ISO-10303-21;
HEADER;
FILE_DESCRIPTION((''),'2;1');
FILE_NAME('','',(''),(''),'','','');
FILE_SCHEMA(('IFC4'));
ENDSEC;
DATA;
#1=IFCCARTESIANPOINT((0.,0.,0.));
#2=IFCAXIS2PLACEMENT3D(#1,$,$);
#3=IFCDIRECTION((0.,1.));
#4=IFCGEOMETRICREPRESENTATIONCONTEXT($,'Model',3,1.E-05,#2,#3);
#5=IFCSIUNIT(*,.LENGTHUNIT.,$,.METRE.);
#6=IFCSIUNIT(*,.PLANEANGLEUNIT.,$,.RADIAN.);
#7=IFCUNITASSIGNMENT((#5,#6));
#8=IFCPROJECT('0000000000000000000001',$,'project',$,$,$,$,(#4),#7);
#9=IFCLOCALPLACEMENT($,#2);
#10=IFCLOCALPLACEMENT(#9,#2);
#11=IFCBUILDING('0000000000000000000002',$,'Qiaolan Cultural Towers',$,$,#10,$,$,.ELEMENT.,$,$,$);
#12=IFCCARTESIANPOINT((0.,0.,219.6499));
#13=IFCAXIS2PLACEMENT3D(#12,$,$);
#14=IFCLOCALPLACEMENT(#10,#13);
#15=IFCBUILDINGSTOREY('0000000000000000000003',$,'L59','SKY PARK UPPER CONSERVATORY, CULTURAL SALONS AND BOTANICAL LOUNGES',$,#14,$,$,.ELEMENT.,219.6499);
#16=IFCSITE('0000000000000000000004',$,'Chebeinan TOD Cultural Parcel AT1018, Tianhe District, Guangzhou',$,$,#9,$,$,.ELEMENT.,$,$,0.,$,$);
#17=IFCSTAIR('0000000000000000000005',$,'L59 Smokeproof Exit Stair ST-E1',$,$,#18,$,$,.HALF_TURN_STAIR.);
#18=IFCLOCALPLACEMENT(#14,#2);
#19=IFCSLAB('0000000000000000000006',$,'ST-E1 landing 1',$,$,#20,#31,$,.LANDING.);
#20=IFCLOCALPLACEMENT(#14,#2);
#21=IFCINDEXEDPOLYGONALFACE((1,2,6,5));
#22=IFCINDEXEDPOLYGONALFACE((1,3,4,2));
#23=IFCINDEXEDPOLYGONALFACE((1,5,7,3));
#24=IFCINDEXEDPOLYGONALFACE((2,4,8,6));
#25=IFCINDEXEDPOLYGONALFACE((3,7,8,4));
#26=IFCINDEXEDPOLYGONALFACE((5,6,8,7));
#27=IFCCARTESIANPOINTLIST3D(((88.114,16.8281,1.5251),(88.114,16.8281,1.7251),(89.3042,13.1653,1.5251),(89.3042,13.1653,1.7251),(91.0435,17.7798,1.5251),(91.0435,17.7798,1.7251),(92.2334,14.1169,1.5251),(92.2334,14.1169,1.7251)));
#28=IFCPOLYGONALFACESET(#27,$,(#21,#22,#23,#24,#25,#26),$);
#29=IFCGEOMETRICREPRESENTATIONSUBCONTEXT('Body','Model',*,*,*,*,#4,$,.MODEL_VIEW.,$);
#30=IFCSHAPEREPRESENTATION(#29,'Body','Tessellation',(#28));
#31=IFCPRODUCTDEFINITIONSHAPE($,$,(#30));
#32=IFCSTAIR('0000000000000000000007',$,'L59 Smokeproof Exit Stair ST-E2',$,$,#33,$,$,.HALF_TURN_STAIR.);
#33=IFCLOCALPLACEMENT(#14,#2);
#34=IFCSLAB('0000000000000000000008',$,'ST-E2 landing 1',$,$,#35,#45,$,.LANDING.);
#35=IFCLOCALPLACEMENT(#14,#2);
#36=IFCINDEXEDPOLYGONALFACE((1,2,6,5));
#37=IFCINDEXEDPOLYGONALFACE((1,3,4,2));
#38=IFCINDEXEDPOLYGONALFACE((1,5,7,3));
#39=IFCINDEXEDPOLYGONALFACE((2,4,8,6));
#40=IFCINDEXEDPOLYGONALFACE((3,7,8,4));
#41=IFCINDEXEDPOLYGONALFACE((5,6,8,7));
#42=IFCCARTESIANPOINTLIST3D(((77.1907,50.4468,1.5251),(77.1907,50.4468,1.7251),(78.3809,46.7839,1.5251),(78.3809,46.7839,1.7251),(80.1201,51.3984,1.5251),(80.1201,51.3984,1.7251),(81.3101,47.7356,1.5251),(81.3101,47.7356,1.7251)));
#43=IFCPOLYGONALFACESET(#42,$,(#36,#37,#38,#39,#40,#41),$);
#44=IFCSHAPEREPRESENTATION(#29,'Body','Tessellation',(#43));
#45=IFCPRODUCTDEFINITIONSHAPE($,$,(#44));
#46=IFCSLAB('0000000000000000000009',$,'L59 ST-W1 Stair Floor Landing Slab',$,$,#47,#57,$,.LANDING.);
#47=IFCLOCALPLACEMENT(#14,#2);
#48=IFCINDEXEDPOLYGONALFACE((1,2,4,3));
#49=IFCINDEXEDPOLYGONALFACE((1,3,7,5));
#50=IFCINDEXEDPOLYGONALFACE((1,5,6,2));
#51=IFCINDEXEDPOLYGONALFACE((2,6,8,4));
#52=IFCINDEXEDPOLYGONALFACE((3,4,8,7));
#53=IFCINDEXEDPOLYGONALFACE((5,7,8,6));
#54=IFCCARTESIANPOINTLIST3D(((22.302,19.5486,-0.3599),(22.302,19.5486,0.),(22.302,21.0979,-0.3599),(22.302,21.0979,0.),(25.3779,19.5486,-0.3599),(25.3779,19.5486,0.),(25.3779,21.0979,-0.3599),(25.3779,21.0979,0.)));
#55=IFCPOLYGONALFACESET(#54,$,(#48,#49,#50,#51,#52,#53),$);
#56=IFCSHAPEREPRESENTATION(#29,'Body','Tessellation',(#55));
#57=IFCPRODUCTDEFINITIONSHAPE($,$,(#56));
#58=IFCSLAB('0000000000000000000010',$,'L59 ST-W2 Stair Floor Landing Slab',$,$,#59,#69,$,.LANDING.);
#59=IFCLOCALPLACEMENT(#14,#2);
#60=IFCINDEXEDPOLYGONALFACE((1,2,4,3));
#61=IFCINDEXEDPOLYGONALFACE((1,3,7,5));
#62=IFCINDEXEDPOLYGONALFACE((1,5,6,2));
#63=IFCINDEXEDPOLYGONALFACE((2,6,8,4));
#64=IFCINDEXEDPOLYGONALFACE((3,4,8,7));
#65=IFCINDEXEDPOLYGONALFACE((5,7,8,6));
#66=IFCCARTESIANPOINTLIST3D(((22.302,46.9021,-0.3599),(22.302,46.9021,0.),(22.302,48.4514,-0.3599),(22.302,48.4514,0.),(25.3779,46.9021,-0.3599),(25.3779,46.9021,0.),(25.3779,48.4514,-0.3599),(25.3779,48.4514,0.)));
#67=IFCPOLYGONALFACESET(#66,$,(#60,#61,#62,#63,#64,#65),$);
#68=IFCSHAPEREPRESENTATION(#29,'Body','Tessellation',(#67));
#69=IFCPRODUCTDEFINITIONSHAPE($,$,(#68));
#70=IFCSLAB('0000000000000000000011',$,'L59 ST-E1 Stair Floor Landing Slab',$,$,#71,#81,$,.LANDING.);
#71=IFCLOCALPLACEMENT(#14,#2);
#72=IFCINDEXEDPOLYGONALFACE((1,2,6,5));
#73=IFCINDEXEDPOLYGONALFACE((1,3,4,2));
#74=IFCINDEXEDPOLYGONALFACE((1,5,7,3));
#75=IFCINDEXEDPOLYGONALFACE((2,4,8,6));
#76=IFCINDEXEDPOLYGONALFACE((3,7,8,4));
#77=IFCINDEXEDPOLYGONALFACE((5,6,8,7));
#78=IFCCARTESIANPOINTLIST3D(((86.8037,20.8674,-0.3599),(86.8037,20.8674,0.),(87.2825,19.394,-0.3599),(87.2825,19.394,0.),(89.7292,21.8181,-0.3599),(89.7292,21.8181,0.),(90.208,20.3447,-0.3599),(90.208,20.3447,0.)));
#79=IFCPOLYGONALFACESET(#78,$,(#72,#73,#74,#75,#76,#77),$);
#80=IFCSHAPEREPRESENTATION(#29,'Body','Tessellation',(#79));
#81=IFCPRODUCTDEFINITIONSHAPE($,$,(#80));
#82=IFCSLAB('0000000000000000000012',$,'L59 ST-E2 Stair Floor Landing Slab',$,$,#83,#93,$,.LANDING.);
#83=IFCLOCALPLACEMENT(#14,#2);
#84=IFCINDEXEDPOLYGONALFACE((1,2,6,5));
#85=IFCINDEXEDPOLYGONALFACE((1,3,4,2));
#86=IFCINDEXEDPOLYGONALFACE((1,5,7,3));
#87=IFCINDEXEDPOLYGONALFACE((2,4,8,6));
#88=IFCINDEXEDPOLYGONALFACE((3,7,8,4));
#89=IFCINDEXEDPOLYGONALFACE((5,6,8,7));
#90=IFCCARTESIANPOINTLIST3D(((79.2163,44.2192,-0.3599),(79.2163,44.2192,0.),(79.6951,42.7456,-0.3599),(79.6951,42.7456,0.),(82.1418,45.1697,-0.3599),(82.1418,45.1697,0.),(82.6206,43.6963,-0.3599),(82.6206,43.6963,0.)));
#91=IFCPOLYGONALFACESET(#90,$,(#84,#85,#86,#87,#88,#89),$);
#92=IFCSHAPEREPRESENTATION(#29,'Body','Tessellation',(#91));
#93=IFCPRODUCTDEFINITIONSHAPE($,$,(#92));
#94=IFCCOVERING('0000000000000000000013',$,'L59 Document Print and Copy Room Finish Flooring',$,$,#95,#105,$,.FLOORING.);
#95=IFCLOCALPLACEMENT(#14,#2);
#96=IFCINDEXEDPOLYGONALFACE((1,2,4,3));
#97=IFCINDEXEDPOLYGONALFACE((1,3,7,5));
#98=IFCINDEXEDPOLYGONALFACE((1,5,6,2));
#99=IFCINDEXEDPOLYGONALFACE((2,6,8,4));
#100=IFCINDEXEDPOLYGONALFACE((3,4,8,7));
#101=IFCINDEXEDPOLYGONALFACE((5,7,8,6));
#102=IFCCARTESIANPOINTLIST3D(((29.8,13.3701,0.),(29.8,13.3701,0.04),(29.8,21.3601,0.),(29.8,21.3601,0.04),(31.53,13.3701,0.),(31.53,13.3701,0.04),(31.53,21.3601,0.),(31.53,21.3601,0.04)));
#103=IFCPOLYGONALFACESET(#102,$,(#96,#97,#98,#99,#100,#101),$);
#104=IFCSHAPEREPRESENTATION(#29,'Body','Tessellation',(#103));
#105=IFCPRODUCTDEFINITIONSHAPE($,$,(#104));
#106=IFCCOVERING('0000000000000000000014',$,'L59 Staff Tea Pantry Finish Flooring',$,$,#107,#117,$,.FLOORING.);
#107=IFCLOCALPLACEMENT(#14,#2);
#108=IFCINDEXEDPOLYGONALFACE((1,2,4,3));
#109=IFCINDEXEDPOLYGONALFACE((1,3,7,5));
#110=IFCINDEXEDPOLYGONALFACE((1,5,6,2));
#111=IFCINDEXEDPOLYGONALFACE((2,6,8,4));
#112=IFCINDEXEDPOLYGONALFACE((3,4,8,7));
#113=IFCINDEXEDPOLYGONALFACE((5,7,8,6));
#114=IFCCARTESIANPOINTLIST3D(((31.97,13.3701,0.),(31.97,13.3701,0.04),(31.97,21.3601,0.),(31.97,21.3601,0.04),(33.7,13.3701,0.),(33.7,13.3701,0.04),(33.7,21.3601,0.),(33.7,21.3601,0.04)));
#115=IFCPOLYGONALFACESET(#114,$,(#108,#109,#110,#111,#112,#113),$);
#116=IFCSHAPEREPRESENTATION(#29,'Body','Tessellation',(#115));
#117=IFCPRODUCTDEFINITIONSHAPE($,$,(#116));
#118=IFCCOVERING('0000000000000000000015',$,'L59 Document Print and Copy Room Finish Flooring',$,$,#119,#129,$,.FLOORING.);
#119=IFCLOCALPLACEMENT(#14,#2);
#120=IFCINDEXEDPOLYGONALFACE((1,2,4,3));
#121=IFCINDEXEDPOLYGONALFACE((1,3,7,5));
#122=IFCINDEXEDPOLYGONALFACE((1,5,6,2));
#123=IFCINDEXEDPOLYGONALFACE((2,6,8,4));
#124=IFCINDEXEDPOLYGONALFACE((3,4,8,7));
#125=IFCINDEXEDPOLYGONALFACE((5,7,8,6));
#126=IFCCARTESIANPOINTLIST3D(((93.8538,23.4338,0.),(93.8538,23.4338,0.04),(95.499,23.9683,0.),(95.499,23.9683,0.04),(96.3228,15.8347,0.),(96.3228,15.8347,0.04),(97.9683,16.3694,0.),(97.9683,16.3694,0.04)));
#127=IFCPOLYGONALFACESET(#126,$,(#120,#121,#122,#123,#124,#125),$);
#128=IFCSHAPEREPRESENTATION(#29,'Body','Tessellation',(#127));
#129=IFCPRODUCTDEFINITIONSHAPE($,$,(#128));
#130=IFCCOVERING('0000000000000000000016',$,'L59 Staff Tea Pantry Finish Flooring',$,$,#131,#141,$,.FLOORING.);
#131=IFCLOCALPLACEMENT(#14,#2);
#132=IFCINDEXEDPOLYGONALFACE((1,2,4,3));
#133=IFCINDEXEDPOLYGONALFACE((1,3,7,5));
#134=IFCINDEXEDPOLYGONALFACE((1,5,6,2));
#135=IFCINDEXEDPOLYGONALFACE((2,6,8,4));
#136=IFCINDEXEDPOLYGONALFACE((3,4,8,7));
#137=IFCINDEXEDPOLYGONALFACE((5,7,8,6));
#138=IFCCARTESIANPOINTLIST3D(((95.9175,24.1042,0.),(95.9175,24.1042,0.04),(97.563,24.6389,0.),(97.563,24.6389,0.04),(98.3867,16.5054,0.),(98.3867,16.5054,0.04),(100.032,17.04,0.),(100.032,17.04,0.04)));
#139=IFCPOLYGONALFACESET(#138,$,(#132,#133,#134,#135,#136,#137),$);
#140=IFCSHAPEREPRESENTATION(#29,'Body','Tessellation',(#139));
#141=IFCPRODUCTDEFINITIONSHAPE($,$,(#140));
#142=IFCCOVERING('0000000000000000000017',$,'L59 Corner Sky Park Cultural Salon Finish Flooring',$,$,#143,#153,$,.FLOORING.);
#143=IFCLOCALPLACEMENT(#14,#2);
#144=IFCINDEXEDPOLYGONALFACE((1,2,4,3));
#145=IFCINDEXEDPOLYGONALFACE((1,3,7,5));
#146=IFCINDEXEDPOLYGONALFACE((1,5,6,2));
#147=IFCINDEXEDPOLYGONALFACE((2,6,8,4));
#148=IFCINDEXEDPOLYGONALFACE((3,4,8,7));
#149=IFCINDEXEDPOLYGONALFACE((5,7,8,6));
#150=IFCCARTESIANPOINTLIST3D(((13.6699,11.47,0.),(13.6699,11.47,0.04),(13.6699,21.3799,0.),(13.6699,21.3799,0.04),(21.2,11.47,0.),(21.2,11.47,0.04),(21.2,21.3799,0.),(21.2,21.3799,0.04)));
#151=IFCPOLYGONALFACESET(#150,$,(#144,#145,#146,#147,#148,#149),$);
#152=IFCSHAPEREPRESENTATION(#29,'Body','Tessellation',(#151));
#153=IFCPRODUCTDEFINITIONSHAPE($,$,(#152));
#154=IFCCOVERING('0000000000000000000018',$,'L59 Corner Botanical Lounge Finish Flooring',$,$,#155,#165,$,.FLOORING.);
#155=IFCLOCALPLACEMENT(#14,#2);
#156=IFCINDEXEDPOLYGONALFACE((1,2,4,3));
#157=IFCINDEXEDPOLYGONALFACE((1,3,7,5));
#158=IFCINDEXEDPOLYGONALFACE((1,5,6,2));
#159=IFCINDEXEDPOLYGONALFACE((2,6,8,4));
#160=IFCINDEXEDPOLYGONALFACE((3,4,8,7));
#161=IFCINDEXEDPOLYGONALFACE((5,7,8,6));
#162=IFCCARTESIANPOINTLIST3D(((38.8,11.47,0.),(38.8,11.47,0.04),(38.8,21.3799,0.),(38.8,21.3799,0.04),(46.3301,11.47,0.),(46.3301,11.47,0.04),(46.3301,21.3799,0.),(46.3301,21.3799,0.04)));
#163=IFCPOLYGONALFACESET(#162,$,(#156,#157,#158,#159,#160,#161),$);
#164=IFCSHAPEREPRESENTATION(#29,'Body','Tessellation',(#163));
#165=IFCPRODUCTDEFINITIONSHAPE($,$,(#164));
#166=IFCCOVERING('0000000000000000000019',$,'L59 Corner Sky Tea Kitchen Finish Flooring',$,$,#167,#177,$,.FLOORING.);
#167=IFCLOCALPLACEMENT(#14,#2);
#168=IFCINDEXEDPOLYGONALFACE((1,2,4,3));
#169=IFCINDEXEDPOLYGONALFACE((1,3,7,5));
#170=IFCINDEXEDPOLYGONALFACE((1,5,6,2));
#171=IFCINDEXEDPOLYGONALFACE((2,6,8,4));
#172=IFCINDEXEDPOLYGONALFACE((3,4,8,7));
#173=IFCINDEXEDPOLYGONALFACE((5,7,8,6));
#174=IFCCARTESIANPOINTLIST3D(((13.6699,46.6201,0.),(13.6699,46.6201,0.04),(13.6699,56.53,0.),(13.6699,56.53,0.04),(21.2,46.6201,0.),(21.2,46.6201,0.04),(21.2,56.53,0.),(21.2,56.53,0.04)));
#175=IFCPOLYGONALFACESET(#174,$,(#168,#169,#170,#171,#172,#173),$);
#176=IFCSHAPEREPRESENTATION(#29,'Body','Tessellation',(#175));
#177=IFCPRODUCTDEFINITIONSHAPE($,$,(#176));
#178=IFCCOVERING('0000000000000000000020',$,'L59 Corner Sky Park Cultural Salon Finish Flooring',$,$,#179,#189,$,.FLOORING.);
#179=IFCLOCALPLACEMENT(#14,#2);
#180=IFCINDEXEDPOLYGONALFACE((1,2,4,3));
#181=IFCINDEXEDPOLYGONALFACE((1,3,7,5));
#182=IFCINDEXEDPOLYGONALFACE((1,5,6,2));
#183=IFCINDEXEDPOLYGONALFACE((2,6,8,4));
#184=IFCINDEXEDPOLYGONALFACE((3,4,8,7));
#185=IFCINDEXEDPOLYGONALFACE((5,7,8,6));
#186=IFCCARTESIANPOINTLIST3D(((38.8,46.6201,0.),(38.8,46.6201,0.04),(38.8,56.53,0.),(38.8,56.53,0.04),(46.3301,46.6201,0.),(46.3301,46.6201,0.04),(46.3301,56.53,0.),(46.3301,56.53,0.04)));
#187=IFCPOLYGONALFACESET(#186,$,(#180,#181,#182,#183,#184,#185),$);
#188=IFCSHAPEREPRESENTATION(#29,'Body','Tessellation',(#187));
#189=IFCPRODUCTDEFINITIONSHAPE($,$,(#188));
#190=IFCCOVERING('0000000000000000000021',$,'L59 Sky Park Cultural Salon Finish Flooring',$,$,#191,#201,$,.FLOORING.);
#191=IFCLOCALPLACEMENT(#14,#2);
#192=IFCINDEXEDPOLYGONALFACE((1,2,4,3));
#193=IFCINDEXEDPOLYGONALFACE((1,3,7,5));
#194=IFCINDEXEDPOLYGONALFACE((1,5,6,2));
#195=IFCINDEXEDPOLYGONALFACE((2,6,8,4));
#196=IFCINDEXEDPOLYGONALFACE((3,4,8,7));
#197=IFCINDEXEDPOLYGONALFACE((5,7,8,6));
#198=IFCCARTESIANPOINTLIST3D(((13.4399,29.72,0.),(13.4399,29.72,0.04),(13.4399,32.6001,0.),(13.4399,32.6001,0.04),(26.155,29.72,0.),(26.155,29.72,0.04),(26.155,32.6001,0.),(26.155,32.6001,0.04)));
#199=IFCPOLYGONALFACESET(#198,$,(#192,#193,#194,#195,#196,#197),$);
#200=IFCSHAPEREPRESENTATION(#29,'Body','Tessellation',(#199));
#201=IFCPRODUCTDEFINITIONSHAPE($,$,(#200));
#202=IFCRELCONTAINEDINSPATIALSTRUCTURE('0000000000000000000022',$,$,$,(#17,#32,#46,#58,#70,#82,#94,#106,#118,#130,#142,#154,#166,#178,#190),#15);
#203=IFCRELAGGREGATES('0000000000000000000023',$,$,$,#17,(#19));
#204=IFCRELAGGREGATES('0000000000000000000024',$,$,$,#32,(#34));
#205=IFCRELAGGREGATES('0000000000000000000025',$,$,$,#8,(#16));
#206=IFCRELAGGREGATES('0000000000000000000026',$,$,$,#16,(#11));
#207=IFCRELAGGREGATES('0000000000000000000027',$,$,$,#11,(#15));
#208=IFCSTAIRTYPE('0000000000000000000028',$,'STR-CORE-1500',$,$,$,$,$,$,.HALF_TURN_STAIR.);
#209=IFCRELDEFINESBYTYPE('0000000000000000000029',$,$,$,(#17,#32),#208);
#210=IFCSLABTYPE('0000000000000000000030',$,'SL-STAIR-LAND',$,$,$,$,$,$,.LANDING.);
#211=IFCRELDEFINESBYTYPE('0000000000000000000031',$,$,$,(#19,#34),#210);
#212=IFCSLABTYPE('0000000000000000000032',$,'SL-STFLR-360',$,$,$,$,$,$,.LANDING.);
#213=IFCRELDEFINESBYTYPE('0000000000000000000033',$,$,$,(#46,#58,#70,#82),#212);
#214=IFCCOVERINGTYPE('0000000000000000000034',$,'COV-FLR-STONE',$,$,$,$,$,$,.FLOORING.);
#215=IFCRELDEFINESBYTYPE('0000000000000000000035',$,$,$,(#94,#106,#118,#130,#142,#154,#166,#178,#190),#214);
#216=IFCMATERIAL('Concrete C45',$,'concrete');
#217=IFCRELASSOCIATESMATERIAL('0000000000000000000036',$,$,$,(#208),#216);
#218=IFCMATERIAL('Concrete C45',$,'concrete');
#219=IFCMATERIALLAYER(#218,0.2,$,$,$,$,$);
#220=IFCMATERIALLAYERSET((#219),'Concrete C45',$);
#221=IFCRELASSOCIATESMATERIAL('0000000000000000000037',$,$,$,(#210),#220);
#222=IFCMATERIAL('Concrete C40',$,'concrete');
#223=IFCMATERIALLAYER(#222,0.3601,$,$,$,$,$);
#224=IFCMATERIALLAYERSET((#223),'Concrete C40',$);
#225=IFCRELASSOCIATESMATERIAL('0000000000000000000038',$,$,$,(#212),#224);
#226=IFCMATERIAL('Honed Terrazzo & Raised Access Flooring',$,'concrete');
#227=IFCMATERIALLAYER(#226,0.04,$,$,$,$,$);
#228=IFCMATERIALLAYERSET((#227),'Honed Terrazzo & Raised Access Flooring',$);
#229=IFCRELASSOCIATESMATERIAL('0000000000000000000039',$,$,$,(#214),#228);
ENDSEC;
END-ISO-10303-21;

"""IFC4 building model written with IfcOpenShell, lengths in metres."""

from ifc_helpers import new_model, si_unit, direction, frame, origin, place, context, subcontext, project, spatial, polyline, outline, extrude, material, layer, layer_set, type_object, element, aggregate, save


model = new_model("IFC4")

# Units and contexts
model_context = context("Model", 3, precision=1e-05, world=origin(), true_north=direction((0.0, 1.0)))
body_context = subcontext(model_context, "Body", "Model", "MODEL_VIEW")
ifc_project = project(units=[si_unit("LENGTHUNIT", "METRE"), si_unit("PLANEANGLEUNIT", "RADIAN")], contexts=[model_context])

# Site, building, storey
site_placement = place(None, origin())
site = spatial("IfcSite", under=ifc_project, at=site_placement, Name="Chebeinan TOD Cultural Parcel AT1018, Tianhe District, Guangzhou", CompositionType="ELEMENT", RefElevation=0.0)
building_placement = place(site_placement, origin())
building = spatial("IfcBuilding", under=site, at=building_placement, Name="Qiaolan Cultural Towers", CompositionType="ELEMENT")
storey_placement = place(building_placement, frame((0.0, 0.0, 219.6499)))
storey = spatial("IfcBuildingStorey", under=building, at=storey_placement, Name="L59", Description="SKY PARK UPPER CONSERVATORY, CULTURAL SALONS AND BOTANICAL LOUNGES", CompositionType="ELEMENT", Elevation=219.6499)

# Stairs, slabs
ifc_material_1 = material(Name="Concrete C45", Category="concrete")
stair_type = type_object("IfcStairType", Name="STR-CORE-1500", PredefinedType="HALF_TURN_STAIR", material=ifc_material_1)
ifc_material_2 = material(Name="Concrete C45", Category="concrete")
ifc_layer_1 = layer(ifc_material_2, 0.2)
ifc_layer_set_1 = layer_set([ifc_layer_1], Name="Concrete C45")
slab_type_1 = type_object("IfcSlabType", Name="SL-STAIR-LAND", PredefinedType="LANDING", material=ifc_layer_set_1)
stair_1_placement = place(storey_placement, origin())
stair_1 = element("IfcStair", 1, at=stair_1_placement, inside=storey, type_object=stair_type, Name="L59 Smokeproof Exit Stair ST-E1", PredefinedType="HALF_TURN_STAIR")
slab_1_placement = place(storey_placement, frame((0.0, 0.0, 1.5251)))
slab_1 = element("IfcSlab", 2, at=slab_1_placement, type_object=slab_type_1, Name="ST-E1 landing 1", PredefinedType="LANDING", context=body_context, shape_type="SweptSolid", body=[
    extrude(outline(polyline([(88.114, 16.8281), (89.3042, 13.1653), (92.2334, 14.1169), (91.0435, 17.7798), (88.114, 16.8281)])), origin(), (0.0, 0.0, 1.0), 0.2),
])
aggregate(stair_1, [slab_1])
stair_2_placement = place(storey_placement, origin())
stair_2 = element("IfcStair", 3, at=stair_2_placement, inside=storey, type_object=stair_type, Name="L59 Smokeproof Exit Stair ST-E2", PredefinedType="HALF_TURN_STAIR")
slab_2_placement = place(storey_placement, frame((0.0, 0.0, 1.5251)))
slab_2 = element("IfcSlab", 4, at=slab_2_placement, type_object=slab_type_1, Name="ST-E2 landing 1", PredefinedType="LANDING", context=body_context, shape_type="SweptSolid", body=[
    extrude(outline(polyline([(81.3101, 47.7356), (80.1201, 51.3984), (77.1907, 50.4468), (78.3809, 46.7839), (81.3101, 47.7356)])), origin(), (0.0, 0.0, 1.0), 0.2),
])
aggregate(stair_2, [slab_2])

# Slabs
ifc_material_3 = material(Name="Concrete C40", Category="concrete")
ifc_layer_2 = layer(ifc_material_3, 0.3601)
ifc_layer_set_2 = layer_set([ifc_layer_2], Name="Concrete C40")
slab_type_2 = type_object("IfcSlabType", Name="SL-STFLR-360", PredefinedType="LANDING", material=ifc_layer_set_2)
slab_3_placement = place(storey_placement, frame((0.0, 0.0, -0.3599)))
element("IfcSlab", 5, at=slab_3_placement, inside=storey, type_object=slab_type_2, Name="L59 ST-W1 Stair Floor Landing Slab", PredefinedType="LANDING", context=body_context, shape_type="SweptSolid", body=[
    extrude(outline(polyline([(22.302, 21.0979), (22.302, 19.5486), (25.3779, 19.5486), (25.3779, 21.0979), (22.302, 21.0979)])), origin(), (0.0, 0.0, 1.0), 0.3599),
])
slab_4_placement = place(storey_placement, frame((0.0, 0.0, -0.3599)))
element("IfcSlab", 6, at=slab_4_placement, inside=storey, type_object=slab_type_2, Name="L59 ST-W2 Stair Floor Landing Slab", PredefinedType="LANDING", context=body_context, shape_type="SweptSolid", body=[
    extrude(outline(polyline([(25.3779, 46.9021), (25.3779, 48.4514), (22.302, 48.4514), (22.302, 46.9021), (25.3779, 46.9021)])), origin(), (0.0, 0.0, 1.0), 0.3599),
])
slab_5_placement = place(storey_placement, frame((0.0, 0.0, -0.3599)))
element("IfcSlab", 7, at=slab_5_placement, inside=storey, type_object=slab_type_2, Name="L59 ST-E1 Stair Floor Landing Slab", PredefinedType="LANDING", context=body_context, shape_type="SweptSolid", body=[
    extrude(outline(polyline([(86.8037, 20.8674), (87.2825, 19.394), (90.208, 20.3447), (89.7292, 21.8181), (86.8037, 20.8674)])), origin(), (0.0, 0.0, 1.0), 0.3599),
])
slab_6_placement = place(storey_placement, frame((0.0, 0.0, -0.3599)))
element("IfcSlab", 8, at=slab_6_placement, inside=storey, type_object=slab_type_2, Name="L59 ST-E2 Stair Floor Landing Slab", PredefinedType="LANDING", context=body_context, shape_type="SweptSolid", body=[
    extrude(outline(polyline([(82.6206, 43.6963), (82.1418, 45.1697), (79.2163, 44.2192), (79.6951, 42.7456), (82.6206, 43.6963)])), origin(), (0.0, 0.0, 1.0), 0.3599),
])

# Coverings
ifc_material_4 = material(Name="Honed Terrazzo & Raised Access Flooring", Category="concrete")
ifc_layer_3 = layer(ifc_material_4, 0.04)
ifc_layer_set_3 = layer_set([ifc_layer_3], Name="Honed Terrazzo & Raised Access Flooring")
covering_type_1 = type_object("IfcCoveringType", Name="COV-FLR-STONE", PredefinedType="FLOORING", material=ifc_layer_set_3)
covering_1_placement = place(storey_placement, origin())
element("IfcCovering", 9, at=covering_1_placement, inside=storey, type_object=covering_type_1, Name="L59 Document Print and Copy Room Finish Flooring", PredefinedType="FLOORING", context=body_context, shape_type="SweptSolid", body=[
    extrude(outline(polyline([(31.53, 13.3701), (31.53, 21.3601), (29.8, 21.3601), (29.8, 13.3701), (31.53, 13.3701)])), origin(), (0.0, 0.0, 1.0), 0.04),
])
covering_2_placement = place(storey_placement, origin())
element("IfcCovering", 10, at=covering_2_placement, inside=storey, type_object=covering_type_1, Name="L59 Staff Tea Pantry Finish Flooring", PredefinedType="FLOORING", context=body_context, shape_type="SweptSolid", body=[
    extrude(outline(polyline([(33.7, 13.3701), (33.7, 21.3601), (31.97, 21.3601), (31.97, 13.3701), (33.7, 13.3701)])), origin(), (0.0, 0.0, 1.0), 0.04),
])
covering_3_placement = place(storey_placement, origin())
element("IfcCovering", 11, at=covering_3_placement, inside=storey, type_object=covering_type_1, Name="L59 Document Print and Copy Room Finish Flooring", PredefinedType="FLOORING", context=body_context, shape_type="SweptSolid", body=[
    extrude(outline(polyline([(97.9683, 16.3694), (95.499, 23.9683), (93.8538, 23.4338), (96.3228, 15.8347), (97.9683, 16.3694)])), origin(), (0.0, 0.0, 1.0), 0.04),
])
covering_4_placement = place(storey_placement, origin())
element("IfcCovering", 12, at=covering_4_placement, inside=storey, type_object=covering_type_1, Name="L59 Staff Tea Pantry Finish Flooring", PredefinedType="FLOORING", context=body_context, shape_type="SweptSolid", body=[
    extrude(outline(polyline([(100.032, 17.04), (97.563, 24.6389), (95.9175, 24.1042), (98.3867, 16.5054), (100.032, 17.04)])), origin(), (0.0, 0.0, 1.0), 0.04),
])
covering_5_placement = place(storey_placement, origin())
element("IfcCovering", 13, at=covering_5_placement, inside=storey, type_object=covering_type_1, Name="L59 Corner Sky Park Cultural Salon Finish Flooring", PredefinedType="FLOORING", context=body_context, shape_type="SweptSolid", body=[
    extrude(outline(polyline([(21.2, 11.47), (21.2, 21.3799), (13.6699, 21.3799), (13.6699, 11.47), (21.2, 11.47)])), origin(), (0.0, 0.0, 1.0), 0.04),
])
covering_6_placement = place(storey_placement, origin())
element("IfcCovering", 14, at=covering_6_placement, inside=storey, type_object=covering_type_1, Name="L59 Corner Botanical Lounge Finish Flooring", PredefinedType="FLOORING", context=body_context, shape_type="SweptSolid", body=[
    extrude(outline(polyline([(46.3301, 11.47), (46.3301, 21.3799), (38.8, 21.3799), (38.8, 11.47), (46.3301, 11.47)])), origin(), (0.0, 0.0, 1.0), 0.04),
])
covering_7_placement = place(storey_placement, origin())
element("IfcCovering", 15, at=covering_7_placement, inside=storey, type_object=covering_type_1, Name="L59 Corner Sky Tea Kitchen Finish Flooring", PredefinedType="FLOORING", context=body_context, shape_type="SweptSolid", body=[
    extrude(outline(polyline([(21.2, 46.6201), (21.2, 56.53), (13.6699, 56.53), (13.6699, 46.6201), (21.2, 46.6201)])), origin(), (0.0, 0.0, 1.0), 0.04),
])
covering_8_placement = place(storey_placement, origin())
element("IfcCovering", 16, at=covering_8_placement, inside=storey, type_object=covering_type_1, Name="L59 Corner Sky Park Cultural Salon Finish Flooring", PredefinedType="FLOORING", context=body_context, shape_type="SweptSolid", body=[
    extrude(outline(polyline([(46.3301, 46.6201), (46.3301, 56.53), (38.8, 56.53), (38.8, 46.6201), (46.3301, 46.6201)])), origin(), (0.0, 0.0, 1.0), 0.04),
])
covering_9_placement = place(storey_placement, origin())
element("IfcCovering", 17, at=covering_9_placement, inside=storey, type_object=covering_type_1, Name="L59 Sky Park Cultural Salon Finish Flooring", PredefinedType="FLOORING", context=body_context, shape_type="SweptSolid", body=[
    extrude(outline(polyline([(26.155, 29.72), (26.155, 32.6001), (13.4399, 32.6001), (13.4399, 29.72), (26.155, 29.72)])), origin(), (0.0, 0.0, 1.0), 0.04),
])

save(model, "model.ifc")
